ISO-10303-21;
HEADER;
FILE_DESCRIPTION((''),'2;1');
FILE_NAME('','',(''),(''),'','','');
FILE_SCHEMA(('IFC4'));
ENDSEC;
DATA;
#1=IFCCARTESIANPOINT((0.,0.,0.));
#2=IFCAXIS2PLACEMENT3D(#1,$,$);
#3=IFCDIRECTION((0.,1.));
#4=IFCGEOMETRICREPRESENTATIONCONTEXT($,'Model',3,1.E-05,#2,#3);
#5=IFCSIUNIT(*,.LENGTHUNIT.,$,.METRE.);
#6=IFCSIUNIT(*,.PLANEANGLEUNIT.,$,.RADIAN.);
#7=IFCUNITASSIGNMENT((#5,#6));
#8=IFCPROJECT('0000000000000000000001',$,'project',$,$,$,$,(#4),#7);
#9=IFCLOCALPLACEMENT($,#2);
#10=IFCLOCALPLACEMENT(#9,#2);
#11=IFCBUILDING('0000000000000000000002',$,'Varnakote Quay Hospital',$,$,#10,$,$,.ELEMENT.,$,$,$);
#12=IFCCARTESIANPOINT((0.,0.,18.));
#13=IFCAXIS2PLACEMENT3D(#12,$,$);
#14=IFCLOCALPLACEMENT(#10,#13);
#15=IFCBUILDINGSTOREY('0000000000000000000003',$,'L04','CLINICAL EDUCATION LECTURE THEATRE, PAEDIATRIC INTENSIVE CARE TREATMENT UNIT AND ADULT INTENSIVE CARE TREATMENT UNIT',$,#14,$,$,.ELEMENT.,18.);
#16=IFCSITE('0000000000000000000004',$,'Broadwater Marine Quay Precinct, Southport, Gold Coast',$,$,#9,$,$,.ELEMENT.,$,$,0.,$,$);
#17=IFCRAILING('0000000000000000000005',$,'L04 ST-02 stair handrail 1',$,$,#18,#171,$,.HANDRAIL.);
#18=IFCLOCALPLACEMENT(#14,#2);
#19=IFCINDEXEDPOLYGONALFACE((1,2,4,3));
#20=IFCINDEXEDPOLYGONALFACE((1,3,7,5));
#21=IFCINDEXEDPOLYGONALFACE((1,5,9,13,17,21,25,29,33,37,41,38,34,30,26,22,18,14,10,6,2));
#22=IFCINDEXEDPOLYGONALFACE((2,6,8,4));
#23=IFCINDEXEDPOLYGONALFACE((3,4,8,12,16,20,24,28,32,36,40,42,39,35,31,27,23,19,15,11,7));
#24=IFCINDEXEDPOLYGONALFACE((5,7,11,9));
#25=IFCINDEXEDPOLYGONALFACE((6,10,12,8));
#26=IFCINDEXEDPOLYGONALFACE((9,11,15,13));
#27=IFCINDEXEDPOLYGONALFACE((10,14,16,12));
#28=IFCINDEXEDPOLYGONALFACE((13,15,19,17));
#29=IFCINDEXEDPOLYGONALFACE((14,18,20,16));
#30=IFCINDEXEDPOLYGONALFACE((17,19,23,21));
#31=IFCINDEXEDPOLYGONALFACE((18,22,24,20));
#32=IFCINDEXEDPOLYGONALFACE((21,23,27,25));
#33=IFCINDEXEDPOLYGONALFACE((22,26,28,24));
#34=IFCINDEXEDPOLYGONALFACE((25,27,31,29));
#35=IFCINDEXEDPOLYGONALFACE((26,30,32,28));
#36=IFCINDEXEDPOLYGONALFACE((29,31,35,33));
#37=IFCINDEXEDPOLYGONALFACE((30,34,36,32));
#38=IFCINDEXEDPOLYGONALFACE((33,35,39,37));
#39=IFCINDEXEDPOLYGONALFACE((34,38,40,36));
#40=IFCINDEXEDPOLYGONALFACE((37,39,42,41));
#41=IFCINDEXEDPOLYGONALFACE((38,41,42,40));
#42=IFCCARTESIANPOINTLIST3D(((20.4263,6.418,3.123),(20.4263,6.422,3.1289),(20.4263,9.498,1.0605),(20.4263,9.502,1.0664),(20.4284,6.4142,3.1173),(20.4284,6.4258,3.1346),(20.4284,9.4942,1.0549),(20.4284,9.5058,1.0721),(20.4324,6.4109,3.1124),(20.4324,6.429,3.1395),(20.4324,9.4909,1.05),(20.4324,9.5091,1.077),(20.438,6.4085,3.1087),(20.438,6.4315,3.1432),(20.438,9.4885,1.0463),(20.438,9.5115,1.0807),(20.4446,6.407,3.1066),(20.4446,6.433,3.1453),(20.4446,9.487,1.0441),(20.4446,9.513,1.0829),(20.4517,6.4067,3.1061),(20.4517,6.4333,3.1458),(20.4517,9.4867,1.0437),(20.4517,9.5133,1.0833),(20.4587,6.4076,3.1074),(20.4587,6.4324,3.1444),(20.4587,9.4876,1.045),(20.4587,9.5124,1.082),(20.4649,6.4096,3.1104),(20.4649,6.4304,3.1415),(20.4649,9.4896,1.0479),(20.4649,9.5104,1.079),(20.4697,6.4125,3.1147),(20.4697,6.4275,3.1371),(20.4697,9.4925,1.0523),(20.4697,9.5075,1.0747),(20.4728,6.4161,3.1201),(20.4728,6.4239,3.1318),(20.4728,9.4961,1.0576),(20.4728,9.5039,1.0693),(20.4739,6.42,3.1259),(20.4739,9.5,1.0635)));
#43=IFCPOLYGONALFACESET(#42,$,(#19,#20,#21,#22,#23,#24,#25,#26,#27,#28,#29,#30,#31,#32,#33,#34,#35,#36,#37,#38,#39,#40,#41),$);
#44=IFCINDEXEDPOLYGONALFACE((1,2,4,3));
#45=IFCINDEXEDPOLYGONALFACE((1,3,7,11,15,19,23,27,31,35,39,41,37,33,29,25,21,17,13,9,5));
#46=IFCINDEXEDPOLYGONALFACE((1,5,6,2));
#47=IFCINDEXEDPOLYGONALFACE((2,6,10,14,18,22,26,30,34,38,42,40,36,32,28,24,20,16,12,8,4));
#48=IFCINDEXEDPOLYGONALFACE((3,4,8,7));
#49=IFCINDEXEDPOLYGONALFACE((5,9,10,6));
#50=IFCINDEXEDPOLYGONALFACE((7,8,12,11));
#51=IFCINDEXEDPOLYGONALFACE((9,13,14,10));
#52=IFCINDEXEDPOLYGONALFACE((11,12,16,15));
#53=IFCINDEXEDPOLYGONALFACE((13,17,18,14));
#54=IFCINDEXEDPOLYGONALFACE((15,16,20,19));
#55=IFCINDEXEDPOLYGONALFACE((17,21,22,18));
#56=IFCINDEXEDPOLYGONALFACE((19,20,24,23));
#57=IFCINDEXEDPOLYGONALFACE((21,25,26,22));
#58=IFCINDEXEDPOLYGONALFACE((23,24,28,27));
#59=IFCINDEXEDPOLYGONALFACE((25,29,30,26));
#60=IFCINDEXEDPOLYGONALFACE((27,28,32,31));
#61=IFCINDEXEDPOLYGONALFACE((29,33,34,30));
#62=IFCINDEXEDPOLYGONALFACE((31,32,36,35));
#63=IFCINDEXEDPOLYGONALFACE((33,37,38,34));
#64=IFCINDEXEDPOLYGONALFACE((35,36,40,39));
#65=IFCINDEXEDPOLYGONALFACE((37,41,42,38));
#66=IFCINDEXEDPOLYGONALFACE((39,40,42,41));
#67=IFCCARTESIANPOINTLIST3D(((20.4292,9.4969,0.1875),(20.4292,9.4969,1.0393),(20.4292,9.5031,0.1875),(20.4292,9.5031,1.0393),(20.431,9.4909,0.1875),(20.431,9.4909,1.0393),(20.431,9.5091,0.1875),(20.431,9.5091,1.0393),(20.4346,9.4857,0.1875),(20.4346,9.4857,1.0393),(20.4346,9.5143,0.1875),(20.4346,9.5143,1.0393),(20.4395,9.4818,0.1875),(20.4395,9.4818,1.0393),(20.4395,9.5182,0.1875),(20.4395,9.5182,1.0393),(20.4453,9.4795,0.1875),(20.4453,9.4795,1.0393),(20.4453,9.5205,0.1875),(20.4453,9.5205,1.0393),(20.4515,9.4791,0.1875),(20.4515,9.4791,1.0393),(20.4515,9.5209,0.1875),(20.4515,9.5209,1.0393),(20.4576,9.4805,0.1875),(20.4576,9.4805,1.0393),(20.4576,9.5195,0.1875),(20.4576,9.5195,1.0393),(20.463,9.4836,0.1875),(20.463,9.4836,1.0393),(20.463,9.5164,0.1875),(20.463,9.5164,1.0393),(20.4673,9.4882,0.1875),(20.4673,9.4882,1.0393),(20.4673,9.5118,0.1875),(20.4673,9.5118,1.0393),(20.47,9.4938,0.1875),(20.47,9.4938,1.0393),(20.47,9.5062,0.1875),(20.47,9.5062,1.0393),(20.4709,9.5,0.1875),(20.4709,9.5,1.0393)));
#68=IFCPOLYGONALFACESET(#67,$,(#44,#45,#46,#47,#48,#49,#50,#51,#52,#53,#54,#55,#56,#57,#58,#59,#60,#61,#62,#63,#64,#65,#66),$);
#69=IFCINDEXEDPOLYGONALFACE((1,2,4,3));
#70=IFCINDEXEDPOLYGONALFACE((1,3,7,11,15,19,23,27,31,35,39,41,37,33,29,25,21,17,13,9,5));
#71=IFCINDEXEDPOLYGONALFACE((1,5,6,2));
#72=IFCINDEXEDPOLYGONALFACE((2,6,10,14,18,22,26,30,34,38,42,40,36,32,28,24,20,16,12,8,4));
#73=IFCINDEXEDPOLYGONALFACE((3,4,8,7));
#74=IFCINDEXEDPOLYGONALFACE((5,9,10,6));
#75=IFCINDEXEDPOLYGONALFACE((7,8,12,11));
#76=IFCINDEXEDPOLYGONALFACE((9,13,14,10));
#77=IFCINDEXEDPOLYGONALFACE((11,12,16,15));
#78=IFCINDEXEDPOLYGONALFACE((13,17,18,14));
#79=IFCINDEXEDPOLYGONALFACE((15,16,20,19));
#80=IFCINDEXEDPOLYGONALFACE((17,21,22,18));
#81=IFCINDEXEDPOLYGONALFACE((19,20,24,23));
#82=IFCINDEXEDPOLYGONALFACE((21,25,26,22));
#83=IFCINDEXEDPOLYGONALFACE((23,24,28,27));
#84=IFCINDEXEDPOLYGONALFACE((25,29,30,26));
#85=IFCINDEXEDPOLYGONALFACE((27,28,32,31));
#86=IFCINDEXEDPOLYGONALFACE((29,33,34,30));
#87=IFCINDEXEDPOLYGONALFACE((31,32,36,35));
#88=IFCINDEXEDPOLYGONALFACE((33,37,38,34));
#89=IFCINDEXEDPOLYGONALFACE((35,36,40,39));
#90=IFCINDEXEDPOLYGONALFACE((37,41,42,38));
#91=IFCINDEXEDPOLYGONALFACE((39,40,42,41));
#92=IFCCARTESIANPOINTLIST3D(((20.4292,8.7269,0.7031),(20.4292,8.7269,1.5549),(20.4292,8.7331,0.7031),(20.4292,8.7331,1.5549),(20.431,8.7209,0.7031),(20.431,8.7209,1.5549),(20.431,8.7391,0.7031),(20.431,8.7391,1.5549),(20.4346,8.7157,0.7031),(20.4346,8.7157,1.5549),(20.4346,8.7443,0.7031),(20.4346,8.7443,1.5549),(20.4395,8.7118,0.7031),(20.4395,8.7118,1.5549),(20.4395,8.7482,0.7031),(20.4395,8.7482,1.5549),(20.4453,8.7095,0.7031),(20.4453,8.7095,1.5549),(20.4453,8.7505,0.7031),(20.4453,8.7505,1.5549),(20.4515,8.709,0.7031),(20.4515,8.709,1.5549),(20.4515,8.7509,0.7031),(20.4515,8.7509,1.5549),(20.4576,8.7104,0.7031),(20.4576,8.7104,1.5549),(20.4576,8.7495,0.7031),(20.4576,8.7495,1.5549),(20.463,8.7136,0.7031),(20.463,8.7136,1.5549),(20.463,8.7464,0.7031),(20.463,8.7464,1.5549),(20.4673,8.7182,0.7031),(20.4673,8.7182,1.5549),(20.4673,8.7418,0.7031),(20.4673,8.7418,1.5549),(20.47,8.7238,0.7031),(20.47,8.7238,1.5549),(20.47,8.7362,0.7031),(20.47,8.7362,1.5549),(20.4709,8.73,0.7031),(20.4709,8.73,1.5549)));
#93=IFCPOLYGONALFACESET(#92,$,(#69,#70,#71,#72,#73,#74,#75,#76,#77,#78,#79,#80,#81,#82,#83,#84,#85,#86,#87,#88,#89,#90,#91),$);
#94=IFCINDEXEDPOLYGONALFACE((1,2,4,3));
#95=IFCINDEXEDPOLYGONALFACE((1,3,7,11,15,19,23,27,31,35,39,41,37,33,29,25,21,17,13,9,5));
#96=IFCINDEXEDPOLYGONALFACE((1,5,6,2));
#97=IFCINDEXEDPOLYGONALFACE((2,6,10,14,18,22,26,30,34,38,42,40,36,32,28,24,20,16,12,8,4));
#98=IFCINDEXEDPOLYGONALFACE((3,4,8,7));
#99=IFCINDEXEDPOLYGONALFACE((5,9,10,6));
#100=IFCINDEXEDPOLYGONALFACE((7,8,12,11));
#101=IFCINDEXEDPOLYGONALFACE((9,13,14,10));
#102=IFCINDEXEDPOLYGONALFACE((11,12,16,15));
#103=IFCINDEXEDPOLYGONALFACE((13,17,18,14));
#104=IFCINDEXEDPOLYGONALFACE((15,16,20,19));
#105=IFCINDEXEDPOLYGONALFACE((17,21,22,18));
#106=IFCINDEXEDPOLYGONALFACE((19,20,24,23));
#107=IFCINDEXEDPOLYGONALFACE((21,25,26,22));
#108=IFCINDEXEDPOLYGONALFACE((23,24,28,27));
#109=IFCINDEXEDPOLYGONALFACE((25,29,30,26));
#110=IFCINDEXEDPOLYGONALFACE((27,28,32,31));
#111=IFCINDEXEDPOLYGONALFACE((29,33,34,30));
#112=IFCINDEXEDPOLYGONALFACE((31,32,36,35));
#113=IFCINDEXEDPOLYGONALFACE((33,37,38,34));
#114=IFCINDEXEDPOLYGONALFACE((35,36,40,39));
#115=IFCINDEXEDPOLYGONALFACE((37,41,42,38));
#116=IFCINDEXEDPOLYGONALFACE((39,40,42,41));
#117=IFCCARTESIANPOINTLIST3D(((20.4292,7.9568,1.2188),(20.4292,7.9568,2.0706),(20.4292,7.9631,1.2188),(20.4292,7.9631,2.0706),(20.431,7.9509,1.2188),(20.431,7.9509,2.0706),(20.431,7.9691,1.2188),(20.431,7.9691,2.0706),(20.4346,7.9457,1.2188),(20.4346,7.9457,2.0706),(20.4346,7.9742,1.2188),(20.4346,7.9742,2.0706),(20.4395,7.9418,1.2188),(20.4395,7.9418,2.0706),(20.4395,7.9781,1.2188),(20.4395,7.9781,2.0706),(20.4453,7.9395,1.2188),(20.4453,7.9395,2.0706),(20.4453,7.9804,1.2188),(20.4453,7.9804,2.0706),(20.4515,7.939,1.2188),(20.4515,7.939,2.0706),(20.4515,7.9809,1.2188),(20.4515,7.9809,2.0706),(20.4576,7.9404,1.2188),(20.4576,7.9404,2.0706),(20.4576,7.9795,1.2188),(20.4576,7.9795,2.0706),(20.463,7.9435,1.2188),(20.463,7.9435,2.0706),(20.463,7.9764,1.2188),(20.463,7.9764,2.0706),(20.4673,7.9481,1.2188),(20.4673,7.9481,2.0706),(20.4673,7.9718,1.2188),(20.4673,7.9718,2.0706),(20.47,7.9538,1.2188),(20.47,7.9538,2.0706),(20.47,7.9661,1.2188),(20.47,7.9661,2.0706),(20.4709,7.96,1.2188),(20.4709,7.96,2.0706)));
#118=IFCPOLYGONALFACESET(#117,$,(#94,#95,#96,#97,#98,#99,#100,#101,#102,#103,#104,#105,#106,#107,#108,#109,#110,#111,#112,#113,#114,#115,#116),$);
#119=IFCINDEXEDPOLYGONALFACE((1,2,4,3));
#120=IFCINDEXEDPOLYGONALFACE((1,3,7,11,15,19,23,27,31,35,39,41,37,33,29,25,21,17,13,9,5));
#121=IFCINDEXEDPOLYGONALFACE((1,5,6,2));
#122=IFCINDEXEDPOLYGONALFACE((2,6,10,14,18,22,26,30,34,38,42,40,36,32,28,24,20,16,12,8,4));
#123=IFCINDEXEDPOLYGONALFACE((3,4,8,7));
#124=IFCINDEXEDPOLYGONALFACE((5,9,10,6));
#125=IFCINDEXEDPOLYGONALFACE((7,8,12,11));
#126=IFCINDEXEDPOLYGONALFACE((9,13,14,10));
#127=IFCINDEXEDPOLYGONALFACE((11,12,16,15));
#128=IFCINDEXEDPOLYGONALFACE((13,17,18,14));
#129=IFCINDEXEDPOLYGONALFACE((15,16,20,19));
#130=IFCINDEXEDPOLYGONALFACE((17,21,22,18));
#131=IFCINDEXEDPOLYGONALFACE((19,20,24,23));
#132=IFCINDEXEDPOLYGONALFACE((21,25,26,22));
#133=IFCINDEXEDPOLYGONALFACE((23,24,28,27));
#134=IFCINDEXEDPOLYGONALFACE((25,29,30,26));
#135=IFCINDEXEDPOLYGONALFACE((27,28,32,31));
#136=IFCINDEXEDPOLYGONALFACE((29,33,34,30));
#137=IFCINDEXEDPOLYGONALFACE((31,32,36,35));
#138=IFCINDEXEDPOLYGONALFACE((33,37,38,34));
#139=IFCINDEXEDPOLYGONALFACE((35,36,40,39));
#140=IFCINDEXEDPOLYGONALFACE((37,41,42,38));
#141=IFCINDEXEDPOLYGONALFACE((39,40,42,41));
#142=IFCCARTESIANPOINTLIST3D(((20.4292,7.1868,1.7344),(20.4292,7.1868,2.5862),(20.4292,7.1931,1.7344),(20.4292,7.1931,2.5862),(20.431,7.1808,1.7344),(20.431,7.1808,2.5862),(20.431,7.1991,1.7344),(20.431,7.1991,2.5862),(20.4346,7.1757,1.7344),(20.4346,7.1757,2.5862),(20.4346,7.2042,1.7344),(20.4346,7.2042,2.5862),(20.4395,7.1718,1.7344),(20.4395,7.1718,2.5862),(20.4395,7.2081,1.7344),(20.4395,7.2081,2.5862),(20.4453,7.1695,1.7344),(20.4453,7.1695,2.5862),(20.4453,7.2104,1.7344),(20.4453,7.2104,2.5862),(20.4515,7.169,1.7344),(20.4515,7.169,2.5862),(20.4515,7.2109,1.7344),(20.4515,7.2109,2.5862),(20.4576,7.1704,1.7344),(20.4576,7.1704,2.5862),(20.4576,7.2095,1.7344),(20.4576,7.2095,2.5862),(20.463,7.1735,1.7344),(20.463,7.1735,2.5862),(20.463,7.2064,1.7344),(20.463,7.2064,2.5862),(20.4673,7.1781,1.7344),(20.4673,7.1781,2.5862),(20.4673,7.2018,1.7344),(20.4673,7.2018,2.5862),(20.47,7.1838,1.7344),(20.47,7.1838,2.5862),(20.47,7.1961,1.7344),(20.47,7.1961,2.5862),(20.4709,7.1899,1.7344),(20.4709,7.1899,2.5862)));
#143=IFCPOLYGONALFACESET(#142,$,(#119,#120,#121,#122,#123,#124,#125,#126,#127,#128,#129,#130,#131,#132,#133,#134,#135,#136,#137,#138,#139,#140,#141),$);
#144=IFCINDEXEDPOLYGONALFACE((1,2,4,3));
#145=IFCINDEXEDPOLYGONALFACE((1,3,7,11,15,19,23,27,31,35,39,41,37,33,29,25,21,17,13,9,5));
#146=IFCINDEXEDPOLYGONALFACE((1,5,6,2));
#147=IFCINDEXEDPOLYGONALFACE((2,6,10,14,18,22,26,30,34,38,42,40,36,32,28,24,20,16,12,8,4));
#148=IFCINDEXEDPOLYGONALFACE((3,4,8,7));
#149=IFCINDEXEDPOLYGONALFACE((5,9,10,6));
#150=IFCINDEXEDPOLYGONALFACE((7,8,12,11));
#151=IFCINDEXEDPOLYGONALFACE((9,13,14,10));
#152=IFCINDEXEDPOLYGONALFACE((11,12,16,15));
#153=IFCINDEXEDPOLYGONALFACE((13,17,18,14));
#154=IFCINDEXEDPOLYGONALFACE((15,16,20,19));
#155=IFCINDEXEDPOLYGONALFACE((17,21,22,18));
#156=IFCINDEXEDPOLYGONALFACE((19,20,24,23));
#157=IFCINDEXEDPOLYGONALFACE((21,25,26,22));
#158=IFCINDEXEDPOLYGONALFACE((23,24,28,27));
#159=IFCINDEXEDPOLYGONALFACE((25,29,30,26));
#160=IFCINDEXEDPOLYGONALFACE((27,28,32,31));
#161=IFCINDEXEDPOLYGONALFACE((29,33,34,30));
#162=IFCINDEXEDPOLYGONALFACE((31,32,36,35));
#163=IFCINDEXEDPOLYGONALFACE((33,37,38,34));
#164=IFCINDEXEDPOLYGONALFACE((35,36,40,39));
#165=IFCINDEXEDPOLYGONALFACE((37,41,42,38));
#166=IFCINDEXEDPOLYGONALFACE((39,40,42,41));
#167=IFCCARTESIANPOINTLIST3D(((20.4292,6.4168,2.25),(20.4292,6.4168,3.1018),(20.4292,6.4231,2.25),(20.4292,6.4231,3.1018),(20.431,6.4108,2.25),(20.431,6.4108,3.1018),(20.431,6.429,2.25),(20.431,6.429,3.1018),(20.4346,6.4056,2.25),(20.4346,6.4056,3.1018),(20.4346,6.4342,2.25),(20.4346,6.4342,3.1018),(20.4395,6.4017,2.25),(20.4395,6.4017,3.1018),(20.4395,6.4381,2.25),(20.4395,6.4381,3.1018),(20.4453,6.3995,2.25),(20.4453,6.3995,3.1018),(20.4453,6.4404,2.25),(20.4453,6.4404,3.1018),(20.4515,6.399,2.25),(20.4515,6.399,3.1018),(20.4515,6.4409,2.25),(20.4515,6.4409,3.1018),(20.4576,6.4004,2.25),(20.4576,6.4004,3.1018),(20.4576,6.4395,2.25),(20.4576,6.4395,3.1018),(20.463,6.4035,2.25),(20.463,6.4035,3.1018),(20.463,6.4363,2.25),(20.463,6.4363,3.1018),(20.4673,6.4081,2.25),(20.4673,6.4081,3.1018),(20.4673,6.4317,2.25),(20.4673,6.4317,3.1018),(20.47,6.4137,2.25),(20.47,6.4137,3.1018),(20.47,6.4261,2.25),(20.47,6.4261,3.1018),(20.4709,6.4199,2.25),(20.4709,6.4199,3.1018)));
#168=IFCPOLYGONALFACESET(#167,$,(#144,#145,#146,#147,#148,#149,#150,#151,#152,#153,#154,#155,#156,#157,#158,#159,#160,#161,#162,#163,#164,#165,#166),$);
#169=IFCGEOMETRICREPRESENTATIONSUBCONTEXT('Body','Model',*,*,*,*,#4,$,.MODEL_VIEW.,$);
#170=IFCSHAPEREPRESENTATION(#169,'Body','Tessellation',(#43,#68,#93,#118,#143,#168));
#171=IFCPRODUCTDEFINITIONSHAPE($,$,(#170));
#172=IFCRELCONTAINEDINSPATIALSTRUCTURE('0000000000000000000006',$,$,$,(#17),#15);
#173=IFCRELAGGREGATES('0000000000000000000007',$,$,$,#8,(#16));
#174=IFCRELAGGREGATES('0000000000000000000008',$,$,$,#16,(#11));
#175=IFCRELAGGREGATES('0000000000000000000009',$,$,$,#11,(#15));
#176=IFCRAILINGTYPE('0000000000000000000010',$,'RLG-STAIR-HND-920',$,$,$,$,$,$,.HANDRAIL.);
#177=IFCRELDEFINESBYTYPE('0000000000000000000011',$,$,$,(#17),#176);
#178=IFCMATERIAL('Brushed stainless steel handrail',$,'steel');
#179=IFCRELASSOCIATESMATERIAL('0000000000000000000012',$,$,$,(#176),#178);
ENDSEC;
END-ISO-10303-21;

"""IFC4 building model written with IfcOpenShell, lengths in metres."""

from ifc_helpers import new_model, si_unit, direction, frame, origin, origin_2d, place, context, subcontext, project, spatial, circle, extrude, material, type_object, element, save


model = new_model("IFC4")

# Units and contexts
model_context = context("Model", 3, precision=1e-05, world=origin(), true_north=direction((0.0, 1.0)))
body_context = subcontext(model_context, "Body", "Model", "MODEL_VIEW")
ifc_project = project(units=[si_unit("LENGTHUNIT", "METRE"), si_unit("PLANEANGLEUNIT", "RADIAN")], contexts=[model_context])

# Site, building, storey
site_placement = place(None, origin())
site = spatial("IfcSite", under=ifc_project, at=site_placement, Name="Broadwater Marine Quay Precinct, Southport, Gold Coast", CompositionType="ELEMENT", RefElevation=0.0)
building_placement = place(site_placement, origin())
building = spatial("IfcBuilding", under=site, at=building_placement, Name="Varnakote Quay Hospital", CompositionType="ELEMENT")
storey_placement = place(building_placement, frame((0.0, 0.0, 18.0)))
storey = spatial("IfcBuildingStorey", under=building, at=storey_placement, Name="L04", Description="CLINICAL EDUCATION LECTURE THEATRE, PAEDIATRIC INTENSIVE CARE TREATMENT UNIT AND ADULT INTENSIVE CARE TREATMENT UNIT", CompositionType="ELEMENT", Elevation=18.0)

# Railing
ifc_material_1 = material(Name="Brushed stainless steel handrail", Category="steel")
railing_type_1 = type_object("IfcRailingType", Name="RLG-STAIR-HND-920", PredefinedType="HANDRAIL", material=ifc_material_1)
railing_1_placement = place(storey_placement, frame((20.45, 9.5, 0.1875)))
element("IfcRailing", 1, at=railing_1_placement, inside=storey, type_object=railing_type_1, Name="L04 ST-02 stair handrail 1", PredefinedType="HANDRAIL", context=body_context, shape_type="SweptSolid", body=[
    extrude(circle(Radius=0.0239, at=origin_2d()), frame((0.0, 0.0, 0.876), z_axis=(0.0, -0.830914, 0.556401), x_axis=(1.0, 0.0, 0.0)), (0.0, 0.0, 1.0), 3.7068),
    extrude(circle(Radius=0.021, at=origin_2d()), origin(), (0.0, 0.0, 1.0), 0.8518),
    extrude(circle(Radius=0.021, at=origin_2d()), frame((0.0, -0.77, 0.5156)), (0.0, 0.0, 1.0), 0.8518),
    extrude(circle(Radius=0.021, at=origin_2d()), frame((0.0, -1.54, 1.0312)), (0.0, 0.0, 1.0), 0.8518),
    extrude(circle(Radius=0.021, at=origin_2d()), frame((0.0, -2.3101, 1.5469)), (0.0, 0.0, 1.0), 0.8518),
    extrude(circle(Radius=0.021, at=origin_2d()), frame((0.0, -3.0801, 2.0625)), (0.0, 0.0, 1.0), 0.8518),
])

save(model, "model.ifc")
